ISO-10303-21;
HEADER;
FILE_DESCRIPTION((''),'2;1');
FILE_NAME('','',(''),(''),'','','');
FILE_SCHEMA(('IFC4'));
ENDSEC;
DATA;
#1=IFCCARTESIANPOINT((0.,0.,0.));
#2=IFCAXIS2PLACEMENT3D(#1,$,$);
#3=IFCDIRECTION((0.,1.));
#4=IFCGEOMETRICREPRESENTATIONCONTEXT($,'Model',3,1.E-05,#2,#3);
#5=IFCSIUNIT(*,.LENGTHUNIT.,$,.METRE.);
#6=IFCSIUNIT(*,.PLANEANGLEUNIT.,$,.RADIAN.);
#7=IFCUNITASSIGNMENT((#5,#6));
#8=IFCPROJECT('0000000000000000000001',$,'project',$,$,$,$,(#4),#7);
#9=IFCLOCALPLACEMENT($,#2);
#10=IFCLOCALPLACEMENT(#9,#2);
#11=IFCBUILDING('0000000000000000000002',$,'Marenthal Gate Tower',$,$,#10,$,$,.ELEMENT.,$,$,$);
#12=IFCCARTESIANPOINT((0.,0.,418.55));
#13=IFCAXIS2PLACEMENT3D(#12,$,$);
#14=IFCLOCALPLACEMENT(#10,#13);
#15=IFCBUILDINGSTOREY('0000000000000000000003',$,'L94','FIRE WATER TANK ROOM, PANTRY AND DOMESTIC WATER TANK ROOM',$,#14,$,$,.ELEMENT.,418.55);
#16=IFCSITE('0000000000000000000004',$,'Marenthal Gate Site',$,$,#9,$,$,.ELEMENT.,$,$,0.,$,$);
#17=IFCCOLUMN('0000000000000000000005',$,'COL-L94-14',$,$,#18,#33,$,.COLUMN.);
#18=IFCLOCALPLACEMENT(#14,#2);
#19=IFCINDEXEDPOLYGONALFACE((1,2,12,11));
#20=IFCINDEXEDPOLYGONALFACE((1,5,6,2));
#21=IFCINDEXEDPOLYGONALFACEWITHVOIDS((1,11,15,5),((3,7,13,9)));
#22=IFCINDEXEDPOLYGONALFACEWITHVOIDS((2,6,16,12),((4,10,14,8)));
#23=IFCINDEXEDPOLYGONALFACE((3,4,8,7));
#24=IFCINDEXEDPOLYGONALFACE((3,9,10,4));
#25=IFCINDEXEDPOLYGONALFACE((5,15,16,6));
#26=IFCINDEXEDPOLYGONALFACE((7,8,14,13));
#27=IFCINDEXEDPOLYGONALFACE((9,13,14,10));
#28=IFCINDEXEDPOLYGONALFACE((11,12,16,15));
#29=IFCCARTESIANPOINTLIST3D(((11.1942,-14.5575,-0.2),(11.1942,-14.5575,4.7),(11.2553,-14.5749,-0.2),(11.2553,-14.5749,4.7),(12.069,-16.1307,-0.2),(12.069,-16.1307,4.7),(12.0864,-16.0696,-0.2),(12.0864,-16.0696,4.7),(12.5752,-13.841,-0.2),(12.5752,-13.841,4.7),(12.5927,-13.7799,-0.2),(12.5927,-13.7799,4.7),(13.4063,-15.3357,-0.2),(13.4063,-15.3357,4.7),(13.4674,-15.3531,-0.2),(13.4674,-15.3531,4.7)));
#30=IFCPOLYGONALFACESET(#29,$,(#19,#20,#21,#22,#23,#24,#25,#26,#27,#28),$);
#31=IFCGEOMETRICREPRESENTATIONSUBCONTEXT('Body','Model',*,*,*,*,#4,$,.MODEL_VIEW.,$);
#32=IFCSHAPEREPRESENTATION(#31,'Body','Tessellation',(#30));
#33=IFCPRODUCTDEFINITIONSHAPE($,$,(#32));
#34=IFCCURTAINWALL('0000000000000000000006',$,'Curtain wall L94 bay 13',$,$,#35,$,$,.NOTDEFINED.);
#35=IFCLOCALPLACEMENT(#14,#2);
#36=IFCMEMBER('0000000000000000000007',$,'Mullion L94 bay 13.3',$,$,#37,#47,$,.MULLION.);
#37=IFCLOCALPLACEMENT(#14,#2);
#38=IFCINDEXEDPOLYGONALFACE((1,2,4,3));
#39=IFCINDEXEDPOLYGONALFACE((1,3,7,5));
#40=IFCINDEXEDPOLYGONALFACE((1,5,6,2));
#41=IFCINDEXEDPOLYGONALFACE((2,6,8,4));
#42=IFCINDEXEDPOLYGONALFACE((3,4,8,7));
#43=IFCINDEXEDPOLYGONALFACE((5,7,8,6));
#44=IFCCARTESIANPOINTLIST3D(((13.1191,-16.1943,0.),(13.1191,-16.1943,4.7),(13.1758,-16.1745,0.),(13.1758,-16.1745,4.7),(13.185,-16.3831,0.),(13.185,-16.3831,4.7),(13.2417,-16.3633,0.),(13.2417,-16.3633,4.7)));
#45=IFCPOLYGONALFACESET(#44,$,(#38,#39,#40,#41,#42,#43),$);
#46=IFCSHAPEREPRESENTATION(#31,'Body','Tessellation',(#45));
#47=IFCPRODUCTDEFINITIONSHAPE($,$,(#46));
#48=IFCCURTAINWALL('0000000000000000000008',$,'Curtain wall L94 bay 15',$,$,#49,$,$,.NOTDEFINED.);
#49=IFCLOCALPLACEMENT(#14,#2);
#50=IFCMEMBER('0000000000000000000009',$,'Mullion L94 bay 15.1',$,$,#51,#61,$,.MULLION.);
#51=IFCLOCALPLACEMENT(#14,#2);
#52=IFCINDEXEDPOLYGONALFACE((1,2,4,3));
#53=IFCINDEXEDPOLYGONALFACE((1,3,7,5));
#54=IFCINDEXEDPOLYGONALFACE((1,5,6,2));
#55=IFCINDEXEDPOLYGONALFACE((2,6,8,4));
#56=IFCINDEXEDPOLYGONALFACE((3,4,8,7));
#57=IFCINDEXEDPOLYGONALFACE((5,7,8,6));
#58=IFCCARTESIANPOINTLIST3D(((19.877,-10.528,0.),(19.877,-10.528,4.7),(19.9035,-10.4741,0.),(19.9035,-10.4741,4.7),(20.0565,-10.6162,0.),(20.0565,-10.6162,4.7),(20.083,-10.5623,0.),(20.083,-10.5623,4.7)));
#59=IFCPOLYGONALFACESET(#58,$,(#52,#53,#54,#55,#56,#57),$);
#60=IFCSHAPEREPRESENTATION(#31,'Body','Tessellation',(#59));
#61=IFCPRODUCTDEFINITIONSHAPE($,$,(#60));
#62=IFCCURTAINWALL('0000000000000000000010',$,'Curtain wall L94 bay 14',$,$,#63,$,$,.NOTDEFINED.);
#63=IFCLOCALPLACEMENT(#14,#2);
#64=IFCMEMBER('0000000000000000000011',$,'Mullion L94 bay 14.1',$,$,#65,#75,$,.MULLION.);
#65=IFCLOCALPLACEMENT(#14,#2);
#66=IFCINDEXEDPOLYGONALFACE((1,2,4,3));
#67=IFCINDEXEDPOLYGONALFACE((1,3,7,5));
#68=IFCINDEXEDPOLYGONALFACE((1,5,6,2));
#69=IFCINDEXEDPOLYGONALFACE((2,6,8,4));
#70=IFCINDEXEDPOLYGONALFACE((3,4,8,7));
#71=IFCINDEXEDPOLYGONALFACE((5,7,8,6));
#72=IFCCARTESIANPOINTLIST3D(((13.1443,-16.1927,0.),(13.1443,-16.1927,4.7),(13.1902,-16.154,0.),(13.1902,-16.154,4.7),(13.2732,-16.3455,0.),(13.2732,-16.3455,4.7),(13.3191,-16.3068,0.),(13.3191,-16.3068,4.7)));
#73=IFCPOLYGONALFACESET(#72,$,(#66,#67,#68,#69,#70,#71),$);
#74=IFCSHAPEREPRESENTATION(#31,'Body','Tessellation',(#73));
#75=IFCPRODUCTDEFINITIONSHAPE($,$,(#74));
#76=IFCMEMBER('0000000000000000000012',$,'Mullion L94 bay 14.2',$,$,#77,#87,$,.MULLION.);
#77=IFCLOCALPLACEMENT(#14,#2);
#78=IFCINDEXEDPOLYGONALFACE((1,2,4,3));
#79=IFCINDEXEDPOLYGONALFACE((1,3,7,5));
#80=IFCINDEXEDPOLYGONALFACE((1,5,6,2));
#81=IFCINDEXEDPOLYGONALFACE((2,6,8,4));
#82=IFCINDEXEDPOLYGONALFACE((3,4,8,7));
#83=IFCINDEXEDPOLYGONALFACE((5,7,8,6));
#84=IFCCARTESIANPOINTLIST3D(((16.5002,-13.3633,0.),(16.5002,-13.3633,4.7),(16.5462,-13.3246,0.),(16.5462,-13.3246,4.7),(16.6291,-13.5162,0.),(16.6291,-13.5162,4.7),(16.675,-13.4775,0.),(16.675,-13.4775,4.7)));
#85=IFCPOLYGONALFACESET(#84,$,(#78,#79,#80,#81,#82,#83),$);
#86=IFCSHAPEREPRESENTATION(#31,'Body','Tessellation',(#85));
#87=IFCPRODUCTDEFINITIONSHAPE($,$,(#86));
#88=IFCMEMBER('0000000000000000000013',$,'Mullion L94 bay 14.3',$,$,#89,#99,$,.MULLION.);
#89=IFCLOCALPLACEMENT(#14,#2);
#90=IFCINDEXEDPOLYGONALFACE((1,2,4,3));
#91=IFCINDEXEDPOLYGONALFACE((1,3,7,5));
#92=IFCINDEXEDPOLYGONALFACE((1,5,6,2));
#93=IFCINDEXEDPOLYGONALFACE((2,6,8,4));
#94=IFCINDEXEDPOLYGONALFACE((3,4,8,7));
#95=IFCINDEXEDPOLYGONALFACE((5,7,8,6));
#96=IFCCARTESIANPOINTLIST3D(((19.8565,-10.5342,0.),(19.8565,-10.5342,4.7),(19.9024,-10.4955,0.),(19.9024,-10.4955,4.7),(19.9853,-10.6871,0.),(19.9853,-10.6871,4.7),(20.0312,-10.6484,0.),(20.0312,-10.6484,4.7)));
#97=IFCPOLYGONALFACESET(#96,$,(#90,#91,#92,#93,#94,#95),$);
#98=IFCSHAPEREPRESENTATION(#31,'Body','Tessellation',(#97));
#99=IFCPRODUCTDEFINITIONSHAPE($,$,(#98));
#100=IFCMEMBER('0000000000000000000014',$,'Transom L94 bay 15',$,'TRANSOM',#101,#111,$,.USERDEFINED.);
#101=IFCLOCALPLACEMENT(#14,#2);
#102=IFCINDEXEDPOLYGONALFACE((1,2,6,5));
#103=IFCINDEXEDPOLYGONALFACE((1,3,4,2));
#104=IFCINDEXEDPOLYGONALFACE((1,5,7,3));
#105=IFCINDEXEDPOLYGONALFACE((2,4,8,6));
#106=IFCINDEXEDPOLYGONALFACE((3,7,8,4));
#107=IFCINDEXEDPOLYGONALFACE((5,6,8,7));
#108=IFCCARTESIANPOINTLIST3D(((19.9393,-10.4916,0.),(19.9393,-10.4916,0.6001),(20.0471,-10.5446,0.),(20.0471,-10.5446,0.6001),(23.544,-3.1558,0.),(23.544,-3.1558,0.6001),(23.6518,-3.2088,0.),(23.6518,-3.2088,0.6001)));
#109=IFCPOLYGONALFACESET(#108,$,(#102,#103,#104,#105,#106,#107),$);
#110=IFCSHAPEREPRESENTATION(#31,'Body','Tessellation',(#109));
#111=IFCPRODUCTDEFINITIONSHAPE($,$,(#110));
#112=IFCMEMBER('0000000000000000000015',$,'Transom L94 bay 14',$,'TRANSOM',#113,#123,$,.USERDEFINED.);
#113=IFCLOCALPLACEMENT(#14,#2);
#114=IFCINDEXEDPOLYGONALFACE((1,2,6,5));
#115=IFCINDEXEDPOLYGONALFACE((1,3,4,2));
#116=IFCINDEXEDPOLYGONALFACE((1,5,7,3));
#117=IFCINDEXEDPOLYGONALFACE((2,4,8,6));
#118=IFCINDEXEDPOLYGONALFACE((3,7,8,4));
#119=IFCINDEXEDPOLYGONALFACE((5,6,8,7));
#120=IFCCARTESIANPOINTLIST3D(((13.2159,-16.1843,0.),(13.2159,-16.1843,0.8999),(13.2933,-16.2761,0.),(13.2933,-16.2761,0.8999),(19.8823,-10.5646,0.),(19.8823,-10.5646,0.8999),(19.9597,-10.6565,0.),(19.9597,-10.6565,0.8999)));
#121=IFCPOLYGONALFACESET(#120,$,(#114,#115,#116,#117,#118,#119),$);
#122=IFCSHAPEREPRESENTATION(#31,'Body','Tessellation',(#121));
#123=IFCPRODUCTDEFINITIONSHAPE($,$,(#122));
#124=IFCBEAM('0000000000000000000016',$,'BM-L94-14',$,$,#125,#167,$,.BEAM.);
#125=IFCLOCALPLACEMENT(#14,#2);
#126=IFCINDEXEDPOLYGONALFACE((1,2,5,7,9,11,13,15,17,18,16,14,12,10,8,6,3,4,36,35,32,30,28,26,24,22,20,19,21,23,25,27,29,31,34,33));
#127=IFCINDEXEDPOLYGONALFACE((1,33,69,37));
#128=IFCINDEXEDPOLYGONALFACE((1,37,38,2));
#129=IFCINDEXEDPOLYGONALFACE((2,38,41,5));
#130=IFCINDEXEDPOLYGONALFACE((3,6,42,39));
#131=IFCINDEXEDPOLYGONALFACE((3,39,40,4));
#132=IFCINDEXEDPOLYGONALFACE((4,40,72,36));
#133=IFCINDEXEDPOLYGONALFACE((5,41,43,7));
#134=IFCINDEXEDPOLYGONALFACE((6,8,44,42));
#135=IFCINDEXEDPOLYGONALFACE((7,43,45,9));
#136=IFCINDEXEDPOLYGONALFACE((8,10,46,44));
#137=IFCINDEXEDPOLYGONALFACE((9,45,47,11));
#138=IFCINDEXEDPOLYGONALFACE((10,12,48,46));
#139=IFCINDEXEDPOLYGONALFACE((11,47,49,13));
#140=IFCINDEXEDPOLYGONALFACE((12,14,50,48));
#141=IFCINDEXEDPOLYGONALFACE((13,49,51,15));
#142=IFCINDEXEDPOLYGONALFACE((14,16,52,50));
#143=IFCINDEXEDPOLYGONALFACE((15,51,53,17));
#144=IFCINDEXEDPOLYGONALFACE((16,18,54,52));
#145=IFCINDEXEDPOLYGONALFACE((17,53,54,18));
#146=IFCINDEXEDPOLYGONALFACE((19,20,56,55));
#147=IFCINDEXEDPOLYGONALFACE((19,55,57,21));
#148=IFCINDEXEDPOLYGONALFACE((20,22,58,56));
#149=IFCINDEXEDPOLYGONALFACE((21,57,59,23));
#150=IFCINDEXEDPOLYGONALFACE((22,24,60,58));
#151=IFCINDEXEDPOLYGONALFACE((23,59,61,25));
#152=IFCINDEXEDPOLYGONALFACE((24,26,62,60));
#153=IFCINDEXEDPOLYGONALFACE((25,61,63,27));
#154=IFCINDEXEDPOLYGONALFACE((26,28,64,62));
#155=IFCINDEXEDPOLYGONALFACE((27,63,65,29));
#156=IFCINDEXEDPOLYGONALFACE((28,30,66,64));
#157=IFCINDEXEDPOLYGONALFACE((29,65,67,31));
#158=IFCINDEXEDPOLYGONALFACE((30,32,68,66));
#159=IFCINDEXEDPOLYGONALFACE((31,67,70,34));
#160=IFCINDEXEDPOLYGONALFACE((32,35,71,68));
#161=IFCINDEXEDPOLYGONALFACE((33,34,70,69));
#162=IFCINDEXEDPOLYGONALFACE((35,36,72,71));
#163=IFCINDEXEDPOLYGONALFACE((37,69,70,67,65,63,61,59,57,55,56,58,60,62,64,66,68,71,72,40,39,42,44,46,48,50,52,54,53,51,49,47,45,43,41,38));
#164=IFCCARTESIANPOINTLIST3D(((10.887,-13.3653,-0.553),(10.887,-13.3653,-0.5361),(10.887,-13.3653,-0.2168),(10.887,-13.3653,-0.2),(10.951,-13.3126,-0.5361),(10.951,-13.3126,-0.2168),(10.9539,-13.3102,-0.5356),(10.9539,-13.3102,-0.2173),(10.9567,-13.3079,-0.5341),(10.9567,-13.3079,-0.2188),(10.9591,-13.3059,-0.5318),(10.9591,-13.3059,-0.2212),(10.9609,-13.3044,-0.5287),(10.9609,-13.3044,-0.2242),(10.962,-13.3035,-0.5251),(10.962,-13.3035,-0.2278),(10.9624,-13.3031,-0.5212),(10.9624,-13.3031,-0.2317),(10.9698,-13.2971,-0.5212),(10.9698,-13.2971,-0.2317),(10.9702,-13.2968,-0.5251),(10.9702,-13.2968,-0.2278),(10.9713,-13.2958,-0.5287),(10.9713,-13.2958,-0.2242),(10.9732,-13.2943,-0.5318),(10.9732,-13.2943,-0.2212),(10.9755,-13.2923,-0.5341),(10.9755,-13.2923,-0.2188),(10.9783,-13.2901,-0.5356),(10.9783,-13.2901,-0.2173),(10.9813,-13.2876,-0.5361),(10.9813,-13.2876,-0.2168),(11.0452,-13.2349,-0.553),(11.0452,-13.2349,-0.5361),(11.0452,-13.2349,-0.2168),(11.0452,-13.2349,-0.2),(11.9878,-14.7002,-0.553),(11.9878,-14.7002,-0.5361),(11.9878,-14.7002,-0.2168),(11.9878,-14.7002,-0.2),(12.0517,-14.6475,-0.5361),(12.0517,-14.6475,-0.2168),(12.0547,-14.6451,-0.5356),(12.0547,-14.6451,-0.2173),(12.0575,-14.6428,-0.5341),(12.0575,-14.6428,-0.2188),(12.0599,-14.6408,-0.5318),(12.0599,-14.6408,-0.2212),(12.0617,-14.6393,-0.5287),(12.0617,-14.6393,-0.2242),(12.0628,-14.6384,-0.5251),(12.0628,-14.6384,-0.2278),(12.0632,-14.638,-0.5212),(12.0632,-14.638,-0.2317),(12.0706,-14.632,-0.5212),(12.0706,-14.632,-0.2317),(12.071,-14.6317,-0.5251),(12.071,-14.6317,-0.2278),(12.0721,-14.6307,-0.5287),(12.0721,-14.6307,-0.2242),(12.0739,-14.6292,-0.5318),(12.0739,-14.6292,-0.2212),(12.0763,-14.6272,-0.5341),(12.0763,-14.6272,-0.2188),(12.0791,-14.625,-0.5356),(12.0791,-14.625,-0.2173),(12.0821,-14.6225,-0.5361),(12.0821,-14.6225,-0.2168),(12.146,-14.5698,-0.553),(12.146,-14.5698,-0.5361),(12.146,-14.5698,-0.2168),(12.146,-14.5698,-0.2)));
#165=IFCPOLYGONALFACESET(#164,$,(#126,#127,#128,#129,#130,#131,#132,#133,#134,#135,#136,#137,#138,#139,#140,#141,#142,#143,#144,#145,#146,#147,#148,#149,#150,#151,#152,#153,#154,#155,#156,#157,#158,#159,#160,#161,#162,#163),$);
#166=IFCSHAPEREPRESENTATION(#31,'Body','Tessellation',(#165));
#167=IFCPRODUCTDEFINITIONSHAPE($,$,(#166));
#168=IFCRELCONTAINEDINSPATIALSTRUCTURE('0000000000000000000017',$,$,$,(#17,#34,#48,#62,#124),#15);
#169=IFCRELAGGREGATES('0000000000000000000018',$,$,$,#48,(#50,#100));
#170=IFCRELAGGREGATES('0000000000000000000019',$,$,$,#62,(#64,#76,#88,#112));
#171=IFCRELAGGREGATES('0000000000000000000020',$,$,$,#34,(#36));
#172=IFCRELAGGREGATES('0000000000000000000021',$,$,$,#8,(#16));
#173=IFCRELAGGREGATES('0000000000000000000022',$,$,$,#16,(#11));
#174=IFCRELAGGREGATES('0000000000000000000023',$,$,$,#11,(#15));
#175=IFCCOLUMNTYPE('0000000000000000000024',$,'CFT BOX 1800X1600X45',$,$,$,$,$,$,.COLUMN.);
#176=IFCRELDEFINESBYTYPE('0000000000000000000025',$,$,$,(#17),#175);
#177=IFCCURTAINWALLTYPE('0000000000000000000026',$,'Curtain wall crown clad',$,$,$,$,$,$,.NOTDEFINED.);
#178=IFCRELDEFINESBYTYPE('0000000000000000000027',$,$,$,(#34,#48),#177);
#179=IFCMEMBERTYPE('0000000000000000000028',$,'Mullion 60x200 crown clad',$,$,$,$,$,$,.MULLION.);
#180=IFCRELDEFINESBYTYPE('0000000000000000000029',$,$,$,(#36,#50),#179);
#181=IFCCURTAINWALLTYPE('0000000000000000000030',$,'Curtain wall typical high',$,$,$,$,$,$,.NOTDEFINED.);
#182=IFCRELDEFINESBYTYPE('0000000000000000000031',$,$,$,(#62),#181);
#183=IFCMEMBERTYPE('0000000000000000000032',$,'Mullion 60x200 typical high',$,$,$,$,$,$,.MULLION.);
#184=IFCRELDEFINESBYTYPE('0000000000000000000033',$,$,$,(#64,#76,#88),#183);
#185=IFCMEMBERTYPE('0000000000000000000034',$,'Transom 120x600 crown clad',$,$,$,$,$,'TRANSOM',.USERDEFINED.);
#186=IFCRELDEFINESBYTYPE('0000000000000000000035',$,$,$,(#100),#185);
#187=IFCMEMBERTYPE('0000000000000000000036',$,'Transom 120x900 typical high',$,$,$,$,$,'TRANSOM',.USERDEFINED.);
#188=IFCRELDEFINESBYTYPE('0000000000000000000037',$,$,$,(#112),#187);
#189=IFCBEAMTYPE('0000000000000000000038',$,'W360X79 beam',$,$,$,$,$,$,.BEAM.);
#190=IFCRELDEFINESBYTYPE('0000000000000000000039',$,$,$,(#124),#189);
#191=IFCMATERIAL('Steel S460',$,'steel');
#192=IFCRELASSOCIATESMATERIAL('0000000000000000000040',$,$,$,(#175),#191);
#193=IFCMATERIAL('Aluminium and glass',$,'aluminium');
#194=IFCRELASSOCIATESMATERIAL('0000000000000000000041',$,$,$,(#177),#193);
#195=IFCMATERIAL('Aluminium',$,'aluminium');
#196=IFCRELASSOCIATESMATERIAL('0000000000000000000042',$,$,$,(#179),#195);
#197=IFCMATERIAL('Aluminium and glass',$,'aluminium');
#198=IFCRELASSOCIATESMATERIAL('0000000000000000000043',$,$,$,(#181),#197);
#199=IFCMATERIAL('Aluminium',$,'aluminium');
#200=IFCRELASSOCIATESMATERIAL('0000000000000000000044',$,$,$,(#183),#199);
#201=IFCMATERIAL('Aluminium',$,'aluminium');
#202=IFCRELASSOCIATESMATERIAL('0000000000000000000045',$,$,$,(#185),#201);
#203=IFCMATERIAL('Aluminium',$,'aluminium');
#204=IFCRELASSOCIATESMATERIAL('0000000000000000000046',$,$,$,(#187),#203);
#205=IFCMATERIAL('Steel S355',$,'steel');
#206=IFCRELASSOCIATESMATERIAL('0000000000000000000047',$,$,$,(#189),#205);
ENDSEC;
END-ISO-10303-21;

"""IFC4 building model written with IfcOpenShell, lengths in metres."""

from ifc_helpers import new_model, si_unit, direction, frame, origin, origin_2d, place, context, subcontext, project, spatial, rectangle, hollow_rectangle, i_section, extrude, material, material_profile, profile_set, type_object, element, aggregate, save


model = new_model("IFC4")

# Units and contexts
model_context = context("Model", 3, precision=1e-05, world=origin(), true_north=direction((0.0, 1.0)))
body_context = subcontext(model_context, "Body", "Model", "MODEL_VIEW")
ifc_project = project(units=[si_unit("LENGTHUNIT", "METRE"), si_unit("PLANEANGLEUNIT", "RADIAN")], contexts=[model_context])

# Site, building, storey
site_placement = place(None, origin())
site = spatial("IfcSite", under=ifc_project, at=site_placement, Name="Marenthal Gate Site", CompositionType="ELEMENT", RefElevation=0.0)
building_placement = place(site_placement, origin())
building = spatial("IfcBuilding", under=site, at=building_placement, Name="Marenthal Gate Tower", CompositionType="ELEMENT")
storey_placement = place(building_placement, frame((0.0, 0.0, 418.55)))
storey = spatial("IfcBuildingStorey", under=building, at=storey_placement, Name="L94", Description="FIRE WATER TANK ROOM, PANTRY AND DOMESTIC WATER TANK ROOM", CompositionType="ELEMENT", Elevation=418.55)

# Column
ifc_material_1 = material(Name="Steel S460", Category="steel")
ifc_material_profile_1 = material_profile(ifc_material_1, hollow_rectangle(XDim=1.6001, YDim=1.8, WallThickness=0.0449, at=origin_2d()), Name="CFT BOX 1800X1600X45")
ifc_material_2 = material(Name="Concrete 70 MPa", Category="concrete")
ifc_material_profile_2 = material_profile(ifc_material_2, rectangle(XDim=1.51, YDim=1.71, at=origin_2d()), Name="CFT BOX 1800X1600X45 INFILL")
ifc_profile_set_1 = profile_set([ifc_material_profile_1, ifc_material_profile_2], Name="Steel S460 shell, Concrete 70 MPa infill")
column_type = type_object("IfcColumnType", Name="CFT BOX 1800X1600X45", PredefinedType="COLUMN", material=ifc_profile_set_1)
column_placement = place(storey_placement, frame((12.3308, -14.9553, -0.2), z_axis=(0.0, 0.0, 1.0), x_axis=(-0.87398, -0.485962, 0.0)))
element("IfcColumn", 1, at=column_placement, inside=storey, type_object=column_type, Name="COL-L94-14", PredefinedType="COLUMN", context=body_context, shape_type="SweptSolid", body=[
    extrude(hollow_rectangle(XDim=1.6001, YDim=1.8, WallThickness=0.0449, at=origin_2d()), origin(), (0.0, 0.0, 1.0), 4.8999),
])

# Curtain walls, members
ifc_material_3 = material(Name="Aluminium and glass", Category="aluminium")
curtain_wall_type_1 = type_object("IfcCurtainWallType", Name="Curtain wall crown clad", PredefinedType="NOTDEFINED", material=ifc_material_3)
curtain_wall_1_placement = place(storey_placement, origin())
curtain_wall_1 = element("IfcCurtainWall", 2, at=curtain_wall_1_placement, inside=storey, type_object=curtain_wall_type_1, Name="Curtain wall L94 bay 13", PredefinedType="NOTDEFINED")
ifc_material_4 = material(Name="Aluminium", Category="aluminium")
ifc_material_profile_3 = material_profile(ifc_material_4, rectangle(XDim=0.2, YDim=0.0601, at=origin_2d()), Name="60x200 aluminium mullion")
ifc_profile_set_2 = profile_set([ifc_material_profile_3], Name="Aluminium")
member_type_1 = type_object("IfcMemberType", Name="Mullion 60x200 crown clad", PredefinedType="MULLION", material=ifc_profile_set_2)
member_1_placement = place(storey_placement, frame((13.1804, -16.2788, 0.0), z_axis=(0.0, 0.0, 1.0), x_axis=(-0.329655, 0.944101, 0.0)))
member_1 = element("IfcMember", 3, at=member_1_placement, type_object=member_type_1, Name="Mullion L94 bay 13.3", PredefinedType="MULLION", context=body_context, shape_type="SweptSolid", body=[
    extrude(rectangle(XDim=0.2, YDim=0.0601, at=origin_2d()), origin(), (0.0, 0.0, 1.0), 4.7),
])
curtain_wall_2_placement = place(storey_placement, origin())
curtain_wall_2 = element("IfcCurtainWall", 4, at=curtain_wall_2_placement, inside=storey, type_object=curtain_wall_type_1, Name="Curtain wall L94 bay 15", PredefinedType="NOTDEFINED")
member_2_placement = place(storey_placement, frame((19.98, -10.5452, 0.0), z_axis=(0.0, 0.0, 1.0), x_axis=(-0.897507, 0.441001, 0.0)))
member_2 = element("IfcMember", 5, at=member_2_placement, type_object=member_type_1, Name="Mullion L94 bay 15.1", PredefinedType="MULLION", context=body_context, shape_type="SweptSolid", body=[
    extrude(rectangle(XDim=0.2, YDim=0.0601, at=origin_2d()), origin(), (0.0, 0.0, 1.0), 4.7),
])

# Curtain wall, members
ifc_material_5 = material(Name="Aluminium and glass", Category="aluminium")
curtain_wall_type_2 = type_object("IfcCurtainWallType", Name="Curtain wall typical high", PredefinedType="NOTDEFINED", material=ifc_material_5)
curtain_wall_3_placement = place(storey_placement, origin())
curtain_wall_3 = element("IfcCurtainWall", 6, at=curtain_wall_3_placement, inside=storey, type_object=curtain_wall_type_2, Name="Curtain wall L94 bay 14", PredefinedType="NOTDEFINED")
ifc_material_6 = material(Name="Aluminium", Category="aluminium")
ifc_material_profile_4 = material_profile(ifc_material_6, rectangle(XDim=0.2, YDim=0.0601, at=origin_2d()), Name="60x200 aluminium mullion")
ifc_profile_set_3 = profile_set([ifc_material_profile_4], Name="Aluminium")
member_type_2 = type_object("IfcMemberType", Name="Mullion 60x200 typical high", PredefinedType="MULLION", material=ifc_profile_set_3)
member_3_placement = place(storey_placement, frame((13.2317, -16.2498, 0.0), z_axis=(0.0, 0.0, 1.0), x_axis=(-0.644531, 0.764578, 0.0)))
member_3 = element("IfcMember", 7, at=member_3_placement, type_object=member_type_2, Name="Mullion L94 bay 14.1", PredefinedType="MULLION", context=body_context, shape_type="SweptSolid", body=[
    extrude(rectangle(XDim=0.2, YDim=0.0601, at=origin_2d()), origin(), (0.0, 0.0, 1.0), 4.7),
])
member_4_placement = place(storey_placement, frame((16.5876, -13.4204, 0.0), z_axis=(0.0, 0.0, 1.0), x_axis=(-0.644531, 0.764578, 0.0)))
member_4 = element("IfcMember", 8, at=member_4_placement, type_object=member_type_2, Name="Mullion L94 bay 14.2", PredefinedType="MULLION", context=body_context, shape_type="SweptSolid", body=[
    extrude(rectangle(XDim=0.2, YDim=0.0601, at=origin_2d()), origin(), (0.0, 0.0, 1.0), 4.7),
])
member_5_placement = place(storey_placement, frame((19.9438, -10.5913, 0.0), z_axis=(0.0, 0.0, 1.0), x_axis=(-0.644531, 0.764578, 0.0)))
member_5 = element("IfcMember", 9, at=member_5_placement, type_object=member_type_2, Name="Mullion L94 bay 14.3", PredefinedType="MULLION", context=body_context, shape_type="SweptSolid", body=[
    extrude(rectangle(XDim=0.2, YDim=0.0601, at=origin_2d()), origin(), (0.0, 0.0, 1.0), 4.7),
])

# Members
ifc_material_7 = material(Name="Aluminium", Category="aluminium")
ifc_material_profile_5 = material_profile(ifc_material_7, rectangle(XDim=0.1201, YDim=0.6001, at=origin_2d()), Name="120x600 aluminium transom")
ifc_profile_set_4 = profile_set([ifc_material_profile_5], Name="Aluminium")
member_type_3 = type_object("IfcMemberType", Name="Transom 120x600 crown clad", ElementType="TRANSOM", PredefinedType="USERDEFINED", material=ifc_profile_set_4)
member_6_placement = place(storey_placement, frame((19.9932, -10.5181, 0.3), z_axis=(0.441026, 0.897494, 0.0), x_axis=(-0.897494, 0.441026, 0.0)))
member_6 = element("IfcMember", 10, at=member_6_placement, type_object=member_type_3, Name="Transom L94 bay 15", ObjectType="TRANSOM", PredefinedType="USERDEFINED", context=body_context, shape_type="SweptSolid", body=[
    extrude(rectangle(XDim=0.1201, YDim=0.6001, at=origin_2d()), origin(), (0.0, 0.0, 1.0), 8.1736),
])
aggregate(curtain_wall_2, [member_2, member_6])
ifc_material_8 = material(Name="Aluminium", Category="aluminium")
ifc_material_profile_6 = material_profile(ifc_material_8, rectangle(XDim=0.1201, YDim=0.8999, at=origin_2d()), Name="120x900 aluminium transom")
ifc_profile_set_5 = profile_set([ifc_material_profile_6], Name="Aluminium")
member_type_4 = type_object("IfcMemberType", Name="Transom 120x900 typical high", ElementType="TRANSOM", PredefinedType="USERDEFINED", material=ifc_profile_set_5)
member_7_placement = place(storey_placement, frame((13.2546, -16.2302, 0.45), z_axis=(0.764576, 0.644534, 0.0), x_axis=(-0.644534, 0.764576, 0.0)))
member_7 = element("IfcMember", 11, at=member_7_placement, type_object=member_type_4, Name="Transom L94 bay 14", ObjectType="TRANSOM", PredefinedType="USERDEFINED", context=body_context, shape_type="SweptSolid", body=[
    extrude(rectangle(XDim=0.1201, YDim=0.8999, at=origin_2d()), origin(), (0.0, 0.0, 1.0), 8.719),
])

# Beam
ifc_material_9 = material(Name="Steel S355", Category="steel")
ifc_material_profile_7 = material_profile(ifc_material_9, i_section(OverallWidth=0.2051, OverallDepth=0.353, WebThickness=0.0095, FlangeThickness=0.0168, FilletRadius=0.0149, at=origin_2d()), Name="W360X79")
ifc_profile_set_6 = profile_set([ifc_material_profile_7], Name="Steel S355")
beam_type_1 = type_object("IfcBeamType", Name="W360X79 beam", PredefinedType="BEAM", material=ifc_profile_set_6)
beam_1_placement = place(storey_placement, frame((12.0669, -14.635, -0.3765), z_axis=(-0.636207, 0.771519, 0.0), x_axis=(-0.771519, -0.636207, 0.0)))
element("IfcBeam", 12, at=beam_1_placement, inside=storey, type_object=beam_type_1, Name="BM-L94-14", PredefinedType="BEAM", context=body_context, shape_type="SweptSolid", body=[
    extrude(i_section(OverallWidth=0.2051, OverallDepth=0.353, WebThickness=0.0095, FlangeThickness=0.0168, FilletRadius=0.0149, at=origin_2d()), origin(), (0.0, 0.0, 1.0), 1.7302),
])

aggregate(curtain_wall_3, [member_3, member_4, member_5, member_7])
aggregate(curtain_wall_1, [member_1])

save(model, "model.ifc")
